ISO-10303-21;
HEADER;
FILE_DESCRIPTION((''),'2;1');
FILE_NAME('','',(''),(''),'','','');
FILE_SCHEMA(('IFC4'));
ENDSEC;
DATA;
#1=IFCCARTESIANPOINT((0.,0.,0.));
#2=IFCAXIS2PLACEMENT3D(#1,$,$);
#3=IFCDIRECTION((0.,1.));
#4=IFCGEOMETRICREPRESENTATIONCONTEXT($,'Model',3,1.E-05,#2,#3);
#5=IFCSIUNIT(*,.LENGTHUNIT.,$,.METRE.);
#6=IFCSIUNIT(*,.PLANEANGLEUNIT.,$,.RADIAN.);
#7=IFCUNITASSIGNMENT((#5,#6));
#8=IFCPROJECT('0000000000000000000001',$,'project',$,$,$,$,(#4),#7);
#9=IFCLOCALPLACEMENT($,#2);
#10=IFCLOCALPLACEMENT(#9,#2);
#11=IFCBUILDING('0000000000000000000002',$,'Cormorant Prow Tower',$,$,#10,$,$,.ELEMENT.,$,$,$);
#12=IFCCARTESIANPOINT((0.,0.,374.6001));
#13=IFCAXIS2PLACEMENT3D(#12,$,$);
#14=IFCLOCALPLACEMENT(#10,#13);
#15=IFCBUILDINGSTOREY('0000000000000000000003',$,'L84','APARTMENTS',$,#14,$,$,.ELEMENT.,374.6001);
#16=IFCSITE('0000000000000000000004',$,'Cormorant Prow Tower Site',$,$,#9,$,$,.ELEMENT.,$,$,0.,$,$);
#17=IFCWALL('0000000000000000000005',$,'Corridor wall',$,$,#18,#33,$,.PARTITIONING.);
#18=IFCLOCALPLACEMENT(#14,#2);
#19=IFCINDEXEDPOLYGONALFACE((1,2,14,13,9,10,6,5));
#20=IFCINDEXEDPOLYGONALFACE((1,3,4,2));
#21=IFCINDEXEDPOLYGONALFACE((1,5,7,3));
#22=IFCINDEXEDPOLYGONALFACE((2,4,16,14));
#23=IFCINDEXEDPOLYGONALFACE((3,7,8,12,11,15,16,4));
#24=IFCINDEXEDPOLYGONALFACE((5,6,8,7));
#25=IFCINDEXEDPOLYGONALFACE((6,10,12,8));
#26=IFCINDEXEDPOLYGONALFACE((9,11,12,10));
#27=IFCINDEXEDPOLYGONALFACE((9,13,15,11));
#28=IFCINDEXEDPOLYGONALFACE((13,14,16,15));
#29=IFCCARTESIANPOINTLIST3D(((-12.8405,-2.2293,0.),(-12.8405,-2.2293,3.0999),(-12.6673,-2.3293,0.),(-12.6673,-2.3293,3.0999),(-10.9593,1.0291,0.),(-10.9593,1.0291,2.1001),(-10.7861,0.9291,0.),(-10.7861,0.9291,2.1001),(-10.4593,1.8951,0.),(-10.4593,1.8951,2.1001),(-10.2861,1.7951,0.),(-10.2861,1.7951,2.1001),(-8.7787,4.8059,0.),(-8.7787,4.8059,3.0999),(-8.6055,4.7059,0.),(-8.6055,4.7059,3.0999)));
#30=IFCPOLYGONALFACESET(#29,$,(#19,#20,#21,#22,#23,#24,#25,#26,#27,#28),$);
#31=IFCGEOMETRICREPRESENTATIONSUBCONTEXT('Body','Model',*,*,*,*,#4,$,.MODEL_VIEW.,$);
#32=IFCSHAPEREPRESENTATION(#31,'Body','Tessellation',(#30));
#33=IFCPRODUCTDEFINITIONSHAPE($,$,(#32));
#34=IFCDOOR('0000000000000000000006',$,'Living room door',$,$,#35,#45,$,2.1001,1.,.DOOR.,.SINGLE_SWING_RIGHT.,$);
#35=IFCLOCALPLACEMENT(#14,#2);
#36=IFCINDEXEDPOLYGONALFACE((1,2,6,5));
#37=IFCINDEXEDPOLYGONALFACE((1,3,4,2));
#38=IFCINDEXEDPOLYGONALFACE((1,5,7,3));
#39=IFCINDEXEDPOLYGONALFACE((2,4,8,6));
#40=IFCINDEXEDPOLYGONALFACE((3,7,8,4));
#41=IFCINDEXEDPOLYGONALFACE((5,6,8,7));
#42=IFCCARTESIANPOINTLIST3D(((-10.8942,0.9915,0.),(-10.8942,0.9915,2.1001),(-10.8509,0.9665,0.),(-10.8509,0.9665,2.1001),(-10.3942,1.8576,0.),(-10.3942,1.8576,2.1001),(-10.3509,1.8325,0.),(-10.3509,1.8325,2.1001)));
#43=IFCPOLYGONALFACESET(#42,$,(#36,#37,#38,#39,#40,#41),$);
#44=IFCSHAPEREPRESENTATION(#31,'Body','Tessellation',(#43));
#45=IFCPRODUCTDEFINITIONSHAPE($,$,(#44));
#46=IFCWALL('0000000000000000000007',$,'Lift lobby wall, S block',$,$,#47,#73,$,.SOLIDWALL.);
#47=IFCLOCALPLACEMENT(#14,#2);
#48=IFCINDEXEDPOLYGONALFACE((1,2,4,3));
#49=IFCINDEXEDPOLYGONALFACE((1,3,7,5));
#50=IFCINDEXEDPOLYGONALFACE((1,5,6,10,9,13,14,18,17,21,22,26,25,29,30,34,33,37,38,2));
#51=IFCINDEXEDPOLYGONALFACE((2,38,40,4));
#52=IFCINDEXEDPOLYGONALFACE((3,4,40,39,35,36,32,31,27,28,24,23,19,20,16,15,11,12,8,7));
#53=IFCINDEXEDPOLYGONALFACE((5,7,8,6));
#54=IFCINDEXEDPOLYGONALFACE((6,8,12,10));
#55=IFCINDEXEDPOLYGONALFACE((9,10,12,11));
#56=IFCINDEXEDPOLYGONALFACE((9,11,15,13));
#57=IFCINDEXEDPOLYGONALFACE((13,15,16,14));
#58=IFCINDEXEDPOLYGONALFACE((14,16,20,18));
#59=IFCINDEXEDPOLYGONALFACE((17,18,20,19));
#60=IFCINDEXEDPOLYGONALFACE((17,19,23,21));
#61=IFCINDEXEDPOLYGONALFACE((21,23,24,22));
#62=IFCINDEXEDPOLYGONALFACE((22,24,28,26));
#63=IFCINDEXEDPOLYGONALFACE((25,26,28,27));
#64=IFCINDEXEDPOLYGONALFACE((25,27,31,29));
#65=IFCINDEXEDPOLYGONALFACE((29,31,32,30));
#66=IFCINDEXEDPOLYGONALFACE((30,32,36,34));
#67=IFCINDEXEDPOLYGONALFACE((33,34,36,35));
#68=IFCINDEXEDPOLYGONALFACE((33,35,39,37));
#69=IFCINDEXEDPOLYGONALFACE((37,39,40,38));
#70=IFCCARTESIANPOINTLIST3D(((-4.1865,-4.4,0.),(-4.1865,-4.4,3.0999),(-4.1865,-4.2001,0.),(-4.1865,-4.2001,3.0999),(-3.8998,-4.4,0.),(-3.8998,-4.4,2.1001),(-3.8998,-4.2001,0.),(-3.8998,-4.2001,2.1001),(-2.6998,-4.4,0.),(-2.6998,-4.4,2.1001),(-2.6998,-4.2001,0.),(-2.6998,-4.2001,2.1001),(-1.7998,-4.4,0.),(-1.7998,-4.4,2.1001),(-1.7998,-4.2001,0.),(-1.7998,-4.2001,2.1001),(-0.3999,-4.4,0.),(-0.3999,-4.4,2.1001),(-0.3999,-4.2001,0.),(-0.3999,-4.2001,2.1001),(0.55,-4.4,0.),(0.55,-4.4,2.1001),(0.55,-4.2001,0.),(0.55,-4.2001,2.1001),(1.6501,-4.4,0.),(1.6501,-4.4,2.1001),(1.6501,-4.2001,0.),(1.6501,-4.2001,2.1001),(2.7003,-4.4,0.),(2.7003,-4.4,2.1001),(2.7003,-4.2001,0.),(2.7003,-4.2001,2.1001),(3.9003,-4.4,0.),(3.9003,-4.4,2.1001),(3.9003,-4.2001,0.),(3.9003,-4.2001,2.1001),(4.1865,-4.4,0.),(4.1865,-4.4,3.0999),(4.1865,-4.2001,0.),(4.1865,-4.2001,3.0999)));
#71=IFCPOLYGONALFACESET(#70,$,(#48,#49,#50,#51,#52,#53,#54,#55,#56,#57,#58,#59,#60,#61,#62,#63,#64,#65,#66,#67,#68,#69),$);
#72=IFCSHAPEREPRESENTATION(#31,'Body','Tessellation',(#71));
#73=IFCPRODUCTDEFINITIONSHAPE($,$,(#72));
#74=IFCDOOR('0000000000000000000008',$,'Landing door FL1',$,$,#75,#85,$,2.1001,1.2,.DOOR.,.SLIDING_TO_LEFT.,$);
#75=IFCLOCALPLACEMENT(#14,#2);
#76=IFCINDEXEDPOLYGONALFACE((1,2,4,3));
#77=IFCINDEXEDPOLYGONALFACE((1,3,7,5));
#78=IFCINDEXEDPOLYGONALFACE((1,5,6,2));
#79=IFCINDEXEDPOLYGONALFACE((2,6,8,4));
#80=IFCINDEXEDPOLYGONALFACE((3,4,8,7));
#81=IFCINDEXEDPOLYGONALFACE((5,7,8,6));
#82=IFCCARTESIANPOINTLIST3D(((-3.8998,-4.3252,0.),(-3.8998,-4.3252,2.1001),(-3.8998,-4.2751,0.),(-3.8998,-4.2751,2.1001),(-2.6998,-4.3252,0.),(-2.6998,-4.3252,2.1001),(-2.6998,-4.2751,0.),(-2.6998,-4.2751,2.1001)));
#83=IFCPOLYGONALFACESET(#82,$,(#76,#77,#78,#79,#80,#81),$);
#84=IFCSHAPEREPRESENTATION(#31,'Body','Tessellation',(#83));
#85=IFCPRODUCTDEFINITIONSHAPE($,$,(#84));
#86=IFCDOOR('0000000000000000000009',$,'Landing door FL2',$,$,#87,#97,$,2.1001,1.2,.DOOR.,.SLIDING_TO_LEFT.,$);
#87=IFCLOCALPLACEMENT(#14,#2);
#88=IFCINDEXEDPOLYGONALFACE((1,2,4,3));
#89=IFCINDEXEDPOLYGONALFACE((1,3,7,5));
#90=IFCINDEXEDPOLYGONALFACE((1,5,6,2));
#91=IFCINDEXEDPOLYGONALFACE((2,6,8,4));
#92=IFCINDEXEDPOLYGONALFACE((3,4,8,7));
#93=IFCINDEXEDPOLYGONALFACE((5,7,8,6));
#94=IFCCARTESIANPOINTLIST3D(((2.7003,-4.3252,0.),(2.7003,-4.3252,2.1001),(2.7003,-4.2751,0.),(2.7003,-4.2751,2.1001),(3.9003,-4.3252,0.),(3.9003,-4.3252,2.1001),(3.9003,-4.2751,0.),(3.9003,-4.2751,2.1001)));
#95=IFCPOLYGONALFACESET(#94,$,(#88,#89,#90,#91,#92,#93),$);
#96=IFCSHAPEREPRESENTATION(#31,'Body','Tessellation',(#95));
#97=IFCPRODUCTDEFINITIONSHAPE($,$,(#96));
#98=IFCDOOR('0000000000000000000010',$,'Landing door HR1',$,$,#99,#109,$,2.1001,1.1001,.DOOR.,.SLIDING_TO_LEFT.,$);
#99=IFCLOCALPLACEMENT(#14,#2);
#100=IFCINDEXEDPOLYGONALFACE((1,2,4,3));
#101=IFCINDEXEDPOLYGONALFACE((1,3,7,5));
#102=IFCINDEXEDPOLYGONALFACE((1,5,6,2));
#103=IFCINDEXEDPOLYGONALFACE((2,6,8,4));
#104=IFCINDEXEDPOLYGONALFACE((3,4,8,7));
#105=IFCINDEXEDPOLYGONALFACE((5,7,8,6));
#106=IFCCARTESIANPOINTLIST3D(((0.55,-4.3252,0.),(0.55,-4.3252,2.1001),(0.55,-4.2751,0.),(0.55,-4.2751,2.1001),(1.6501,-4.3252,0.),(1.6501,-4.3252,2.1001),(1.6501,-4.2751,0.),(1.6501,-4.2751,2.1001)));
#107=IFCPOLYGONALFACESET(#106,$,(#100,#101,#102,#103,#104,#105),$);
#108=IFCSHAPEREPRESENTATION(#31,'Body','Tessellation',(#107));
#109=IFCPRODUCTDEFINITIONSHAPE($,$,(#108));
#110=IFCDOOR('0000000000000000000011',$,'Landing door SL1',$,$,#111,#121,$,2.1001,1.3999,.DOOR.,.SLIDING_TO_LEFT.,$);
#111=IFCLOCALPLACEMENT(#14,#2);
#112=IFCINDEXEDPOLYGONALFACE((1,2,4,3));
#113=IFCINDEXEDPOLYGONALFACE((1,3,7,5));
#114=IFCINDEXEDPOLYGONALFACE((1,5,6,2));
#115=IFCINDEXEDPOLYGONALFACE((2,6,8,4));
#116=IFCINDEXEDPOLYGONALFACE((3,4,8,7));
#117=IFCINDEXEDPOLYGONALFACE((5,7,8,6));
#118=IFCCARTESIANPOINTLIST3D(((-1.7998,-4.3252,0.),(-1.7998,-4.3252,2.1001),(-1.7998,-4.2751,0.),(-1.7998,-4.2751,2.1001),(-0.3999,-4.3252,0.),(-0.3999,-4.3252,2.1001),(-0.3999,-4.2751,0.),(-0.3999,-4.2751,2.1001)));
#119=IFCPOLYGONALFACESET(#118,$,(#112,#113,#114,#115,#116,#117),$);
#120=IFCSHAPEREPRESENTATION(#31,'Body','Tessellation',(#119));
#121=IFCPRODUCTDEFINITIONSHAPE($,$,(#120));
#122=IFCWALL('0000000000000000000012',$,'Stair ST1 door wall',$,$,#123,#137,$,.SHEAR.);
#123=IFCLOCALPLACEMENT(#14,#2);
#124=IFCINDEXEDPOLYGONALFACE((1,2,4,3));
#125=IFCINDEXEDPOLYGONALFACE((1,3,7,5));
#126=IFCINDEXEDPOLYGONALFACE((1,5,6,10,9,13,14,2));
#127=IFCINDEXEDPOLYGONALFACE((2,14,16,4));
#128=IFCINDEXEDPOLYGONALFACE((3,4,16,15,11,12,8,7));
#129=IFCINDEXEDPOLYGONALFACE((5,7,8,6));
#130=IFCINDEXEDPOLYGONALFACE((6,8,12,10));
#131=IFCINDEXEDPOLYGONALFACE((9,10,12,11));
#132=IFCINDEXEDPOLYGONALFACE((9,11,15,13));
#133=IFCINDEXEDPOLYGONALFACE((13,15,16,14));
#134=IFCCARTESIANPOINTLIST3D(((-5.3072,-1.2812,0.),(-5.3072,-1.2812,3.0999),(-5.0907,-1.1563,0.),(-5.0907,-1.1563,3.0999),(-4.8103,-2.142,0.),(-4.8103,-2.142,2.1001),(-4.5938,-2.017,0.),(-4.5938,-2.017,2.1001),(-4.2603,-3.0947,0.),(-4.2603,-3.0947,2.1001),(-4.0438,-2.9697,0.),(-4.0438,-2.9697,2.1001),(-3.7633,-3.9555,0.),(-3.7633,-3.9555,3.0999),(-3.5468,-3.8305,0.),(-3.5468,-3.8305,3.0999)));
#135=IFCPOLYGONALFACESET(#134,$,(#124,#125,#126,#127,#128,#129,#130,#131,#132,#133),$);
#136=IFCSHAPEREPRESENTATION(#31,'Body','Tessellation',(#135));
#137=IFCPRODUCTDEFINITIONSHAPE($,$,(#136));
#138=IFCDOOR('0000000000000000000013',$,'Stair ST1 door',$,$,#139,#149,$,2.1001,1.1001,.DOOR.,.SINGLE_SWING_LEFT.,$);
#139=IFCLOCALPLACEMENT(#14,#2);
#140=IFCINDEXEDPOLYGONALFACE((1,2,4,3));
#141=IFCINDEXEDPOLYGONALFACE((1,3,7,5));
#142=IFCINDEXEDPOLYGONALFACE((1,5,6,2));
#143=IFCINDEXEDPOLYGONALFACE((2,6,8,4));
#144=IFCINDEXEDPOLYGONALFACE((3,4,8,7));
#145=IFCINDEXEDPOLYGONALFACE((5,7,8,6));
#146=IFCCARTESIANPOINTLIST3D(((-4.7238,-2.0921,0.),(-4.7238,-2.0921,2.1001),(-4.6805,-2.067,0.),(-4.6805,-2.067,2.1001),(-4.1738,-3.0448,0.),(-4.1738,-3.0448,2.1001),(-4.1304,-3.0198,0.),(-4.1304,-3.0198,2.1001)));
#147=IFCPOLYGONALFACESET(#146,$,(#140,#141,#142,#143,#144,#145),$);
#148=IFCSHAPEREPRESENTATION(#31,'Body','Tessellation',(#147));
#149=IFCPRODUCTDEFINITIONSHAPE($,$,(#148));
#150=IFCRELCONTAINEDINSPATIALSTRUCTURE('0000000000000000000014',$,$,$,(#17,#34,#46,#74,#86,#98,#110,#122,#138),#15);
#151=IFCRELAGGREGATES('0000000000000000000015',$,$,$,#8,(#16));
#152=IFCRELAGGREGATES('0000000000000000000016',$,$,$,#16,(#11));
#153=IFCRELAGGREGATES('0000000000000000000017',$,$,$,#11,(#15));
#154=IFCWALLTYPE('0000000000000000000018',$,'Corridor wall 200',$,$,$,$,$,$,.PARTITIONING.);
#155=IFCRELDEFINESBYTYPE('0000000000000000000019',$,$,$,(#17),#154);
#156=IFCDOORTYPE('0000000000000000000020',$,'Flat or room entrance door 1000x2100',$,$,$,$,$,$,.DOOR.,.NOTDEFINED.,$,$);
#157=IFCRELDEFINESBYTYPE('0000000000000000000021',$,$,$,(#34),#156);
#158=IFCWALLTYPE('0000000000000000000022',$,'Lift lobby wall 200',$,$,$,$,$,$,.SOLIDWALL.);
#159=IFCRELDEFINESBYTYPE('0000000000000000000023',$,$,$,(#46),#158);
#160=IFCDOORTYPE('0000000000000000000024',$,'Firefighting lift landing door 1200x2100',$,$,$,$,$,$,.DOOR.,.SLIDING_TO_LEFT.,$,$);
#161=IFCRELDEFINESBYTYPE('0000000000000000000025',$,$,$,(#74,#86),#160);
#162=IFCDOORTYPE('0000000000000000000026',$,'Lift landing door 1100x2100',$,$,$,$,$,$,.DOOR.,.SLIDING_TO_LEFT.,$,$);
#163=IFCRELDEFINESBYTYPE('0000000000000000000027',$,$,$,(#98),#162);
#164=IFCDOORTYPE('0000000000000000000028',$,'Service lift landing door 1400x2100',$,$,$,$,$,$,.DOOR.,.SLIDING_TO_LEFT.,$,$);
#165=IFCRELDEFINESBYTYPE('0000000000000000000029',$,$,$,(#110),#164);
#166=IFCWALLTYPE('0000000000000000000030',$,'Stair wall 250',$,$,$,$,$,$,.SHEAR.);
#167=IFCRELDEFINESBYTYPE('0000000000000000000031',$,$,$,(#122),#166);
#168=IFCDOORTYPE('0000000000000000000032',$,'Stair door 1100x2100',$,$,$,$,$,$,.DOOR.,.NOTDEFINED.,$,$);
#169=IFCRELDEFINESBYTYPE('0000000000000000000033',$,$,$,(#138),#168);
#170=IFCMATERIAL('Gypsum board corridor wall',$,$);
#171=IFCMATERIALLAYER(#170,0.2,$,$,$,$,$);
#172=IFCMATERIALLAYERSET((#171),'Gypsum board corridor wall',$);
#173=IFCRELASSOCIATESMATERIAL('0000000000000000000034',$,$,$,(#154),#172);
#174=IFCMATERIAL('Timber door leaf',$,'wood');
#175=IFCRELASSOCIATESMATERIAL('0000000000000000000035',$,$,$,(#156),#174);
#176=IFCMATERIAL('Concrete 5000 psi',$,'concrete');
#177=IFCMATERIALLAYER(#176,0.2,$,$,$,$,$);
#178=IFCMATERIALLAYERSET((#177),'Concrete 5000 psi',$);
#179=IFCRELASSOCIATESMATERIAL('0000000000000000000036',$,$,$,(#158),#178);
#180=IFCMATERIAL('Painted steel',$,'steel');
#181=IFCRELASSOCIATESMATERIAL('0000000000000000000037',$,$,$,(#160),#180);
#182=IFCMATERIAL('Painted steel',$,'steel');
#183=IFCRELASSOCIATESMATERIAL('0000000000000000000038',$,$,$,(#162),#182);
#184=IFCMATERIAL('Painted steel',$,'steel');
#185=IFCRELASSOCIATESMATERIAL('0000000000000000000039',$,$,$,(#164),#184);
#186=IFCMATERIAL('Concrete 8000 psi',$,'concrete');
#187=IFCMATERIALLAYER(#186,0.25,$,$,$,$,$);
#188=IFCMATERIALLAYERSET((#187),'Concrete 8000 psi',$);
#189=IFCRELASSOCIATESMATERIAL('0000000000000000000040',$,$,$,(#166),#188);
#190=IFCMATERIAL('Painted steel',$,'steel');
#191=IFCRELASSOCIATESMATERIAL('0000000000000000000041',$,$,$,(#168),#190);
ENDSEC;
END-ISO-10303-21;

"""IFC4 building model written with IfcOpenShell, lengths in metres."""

from ifc_helpers import new_model, si_unit, direction, frame, frame_2d, origin, place, context, subcontext, project, spatial, rectangle, extrude, material, layer, layer_set, type_object, element, fill, save


model = new_model("IFC4")

# Units and contexts
model_context = context("Model", 3, precision=1e-05, world=origin(), true_north=direction((0.0, 1.0)))
body_context = subcontext(model_context, "Body", "Model", "MODEL_VIEW")
ifc_project = project(units=[si_unit("LENGTHUNIT", "METRE"), si_unit("PLANEANGLEUNIT", "RADIAN")], contexts=[model_context])

# Site, building, storey
site_placement = place(None, origin())
site = spatial("IfcSite", under=ifc_project, at=site_placement, Name="Cormorant Prow Tower Site", CompositionType="ELEMENT", RefElevation=0.0)
building_placement = place(site_placement, origin())
building = spatial("IfcBuilding", under=site, at=building_placement, Name="Cormorant Prow Tower", CompositionType="ELEMENT")
storey_placement = place(building_placement, frame((0.0, 0.0, 374.6001)))
storey = spatial("IfcBuildingStorey", under=building, at=storey_placement, Name="L84", Description="APARTMENTS", CompositionType="ELEMENT", Elevation=374.6001)

# Wall, opening, door
ifc_material_1 = material(Name="Gypsum board corridor wall")
ifc_layer_1 = layer(ifc_material_1, 0.2)
ifc_layer_set_1 = layer_set([ifc_layer_1], Name="Gypsum board corridor wall")
wall_type_1 = type_object("IfcWallType", Name="Corridor wall 200", PredefinedType="PARTITIONING", material=ifc_layer_set_1)
wall_1_placement = place(storey_placement, frame((-12.7539, -2.2793, 0.0), z_axis=(0.0, 0.0, 1.0), x_axis=(0.500002, 0.866024, 0.0)))
wall_1 = element("IfcWall", 1, at=wall_1_placement, inside=storey, type_object=wall_type_1, Name="Corridor wall", PredefinedType="PARTITIONING", context=body_context, shape_type="SweptSolid", body=[
    extrude(rectangle(XDim=8.1235, YDim=0.2, at=frame_2d((4.0618, 0.0))), origin(), (0.0, 0.0, 1.0), 3.0999),
])
opening_1_placement = place(wall_1_placement, frame((3.7625, 0.0, 0.0)))
opening_1 = element("IfcOpeningElement", 2, at=opening_1_placement, cuts=wall_1, PredefinedType="OPENING", context=body_context, shape_type="SweptSolid", body=[
    extrude(rectangle(XDim=1.0, YDim=2.1001, at=frame_2d((0.5, 1.05))), frame((0.0, 0.1099, 0.0), z_axis=(0.0, -1.0, 0.0), x_axis=(1.0, 0.0, 0.0)), (0.0, 0.0, 1.0), 0.22),
])
ifc_material_2 = material(Name="Timber door leaf", Category="wood")
door_type_1 = type_object("IfcDoorType", Name="Flat or room entrance door 1000x2100", OperationType="NOTDEFINED", PredefinedType="DOOR", material=ifc_material_2)
door_1_placement = place(opening_1_placement, origin())
door_1 = element("IfcDoor", 3, at=door_1_placement, inside=storey, type_object=door_type_1, Name="Living room door", OperationType="SINGLE_SWING_RIGHT", OverallHeight=2.1001, OverallWidth=1.0, PredefinedType="DOOR", context=body_context, shape_type="SweptSolid", body=[
    extrude(rectangle(XDim=1.0, YDim=2.1001, at=frame_2d((0.5, 1.05))), frame((0.0, 0.0249, 0.0), z_axis=(0.0, -1.0, 0.0), x_axis=(1.0, 0.0, 0.0)), (0.0, 0.0, 1.0), 0.05),
])
fill(opening_1, door_1)

# Wall, openings, doors
ifc_material_3 = material(Name="Concrete 5000 psi", Category="concrete")
ifc_layer_2 = layer(ifc_material_3, 0.2)
ifc_layer_set_2 = layer_set([ifc_layer_2], Name="Concrete 5000 psi")
wall_type_2 = type_object("IfcWallType", Name="Lift lobby wall 200", PredefinedType="SOLIDWALL", material=ifc_layer_set_2)
wall_2_placement = place(storey_placement, frame((-4.1865, -4.3, 0.0), z_axis=(0.0, 0.0, 1.0), x_axis=(1.0, 0.0, 0.0)))
wall_2 = element("IfcWall", 4, at=wall_2_placement, inside=storey, type_object=wall_type_2, Name="Lift lobby wall, S block", PredefinedType="SOLIDWALL", context=body_context, shape_type="SweptSolid", body=[
    extrude(rectangle(XDim=8.373, YDim=0.2, at=frame_2d((4.1865, 0.0))), origin(), (0.0, 0.0, 1.0), 3.0999),
])
opening_2_placement = place(wall_2_placement, frame((0.2866, 0.0, 0.0)))
opening_2 = element("IfcOpeningElement", 5, at=opening_2_placement, cuts=wall_2, PredefinedType="OPENING", context=body_context, shape_type="SweptSolid", body=[
    extrude(rectangle(XDim=1.2, YDim=2.1001, at=frame_2d((0.6001, 1.05))), frame((0.0, 0.1099, 0.0), z_axis=(0.0, -1.0, 0.0), x_axis=(1.0, 0.0, 0.0)), (0.0, 0.0, 1.0), 0.22),
])
opening_3_placement = place(wall_2_placement, frame((2.3867, 0.0, 0.0)))
opening_3 = element("IfcOpeningElement", 6, at=opening_3_placement, cuts=wall_2, PredefinedType="OPENING", context=body_context, shape_type="SweptSolid", body=[
    extrude(rectangle(XDim=1.3999, YDim=2.1001, at=frame_2d((0.7, 1.05))), frame((0.0, 0.1099, 0.0), z_axis=(0.0, -1.0, 0.0), x_axis=(1.0, 0.0, 0.0)), (0.0, 0.0, 1.0), 0.22),
])
opening_4_placement = place(wall_2_placement, frame((4.7366, 0.0, 0.0)))
opening_4 = element("IfcOpeningElement", 7, at=opening_4_placement, cuts=wall_2, PredefinedType="OPENING", context=body_context, shape_type="SweptSolid", body=[
    extrude(rectangle(XDim=1.1001, YDim=2.1001, at=frame_2d((0.55, 1.05))), frame((0.0, 0.1099, 0.0), z_axis=(0.0, -1.0, 0.0), x_axis=(1.0, 0.0, 0.0)), (0.0, 0.0, 1.0), 0.22),
])
opening_5_placement = place(wall_2_placement, frame((6.8867, 0.0, 0.0)))
opening_5 = element("IfcOpeningElement", 8, at=opening_5_placement, cuts=wall_2, PredefinedType="OPENING", context=body_context, shape_type="SweptSolid", body=[
    extrude(rectangle(XDim=1.2, YDim=2.1001, at=frame_2d((0.6001, 1.05))), frame((0.0, 0.1099, 0.0), z_axis=(0.0, -1.0, 0.0), x_axis=(1.0, 0.0, 0.0)), (0.0, 0.0, 1.0), 0.22),
])
ifc_material_4 = material(Name="Painted steel", Category="steel")
door_type_2 = type_object("IfcDoorType", Name="Firefighting lift landing door 1200x2100", OperationType="SLIDING_TO_LEFT", PredefinedType="DOOR", material=ifc_material_4)
door_2_placement = place(opening_2_placement, origin())
door_2 = element("IfcDoor", 9, at=door_2_placement, inside=storey, type_object=door_type_2, Name="Landing door FL1", OperationType="SLIDING_TO_LEFT", OverallHeight=2.1001, OverallWidth=1.2, PredefinedType="DOOR", context=body_context, shape_type="SweptSolid", body=[
    extrude(rectangle(XDim=1.2, YDim=2.1001, at=frame_2d((0.6001, 1.05))), frame((0.0, 0.0249, 0.0), z_axis=(0.0, -1.0, 0.0), x_axis=(1.0, 0.0, 0.0)), (0.0, 0.0, 1.0), 0.05),
])
fill(opening_2, door_2)
door_3_placement = place(opening_5_placement, origin())
door_3 = element("IfcDoor", 10, at=door_3_placement, inside=storey, type_object=door_type_2, Name="Landing door FL2", OperationType="SLIDING_TO_LEFT", OverallHeight=2.1001, OverallWidth=1.2, PredefinedType="DOOR", context=body_context, shape_type="SweptSolid", body=[
    extrude(rectangle(XDim=1.2, YDim=2.1001, at=frame_2d((0.6001, 1.05))), frame((0.0, 0.0249, 0.0), z_axis=(0.0, -1.0, 0.0), x_axis=(1.0, 0.0, 0.0)), (0.0, 0.0, 1.0), 0.05),
])
fill(opening_5, door_3)
ifc_material_5 = material(Name="Painted steel", Category="steel")
door_type_3 = type_object("IfcDoorType", Name="Lift landing door 1100x2100", OperationType="SLIDING_TO_LEFT", PredefinedType="DOOR", material=ifc_material_5)
door_4_placement = place(opening_4_placement, origin())
door_4 = element("IfcDoor", 11, at=door_4_placement, inside=storey, type_object=door_type_3, Name="Landing door HR1", OperationType="SLIDING_TO_LEFT", OverallHeight=2.1001, OverallWidth=1.1001, PredefinedType="DOOR", context=body_context, shape_type="SweptSolid", body=[
    extrude(rectangle(XDim=1.1001, YDim=2.1001, at=frame_2d((0.55, 1.05))), frame((0.0, 0.0249, 0.0), z_axis=(0.0, -1.0, 0.0), x_axis=(1.0, 0.0, 0.0)), (0.0, 0.0, 1.0), 0.05),
])
fill(opening_4, door_4)
ifc_material_6 = material(Name="Painted steel", Category="steel")
door_type_4 = type_object("IfcDoorType", Name="Service lift landing door 1400x2100", OperationType="SLIDING_TO_LEFT", PredefinedType="DOOR", material=ifc_material_6)
door_5_placement = place(opening_3_placement, origin())
door_5 = element("IfcDoor", 12, at=door_5_placement, inside=storey, type_object=door_type_4, Name="Landing door SL1", OperationType="SLIDING_TO_LEFT", OverallHeight=2.1001, OverallWidth=1.3999, PredefinedType="DOOR", context=body_context, shape_type="SweptSolid", body=[
    extrude(rectangle(XDim=1.3999, YDim=2.1001, at=frame_2d((0.7, 1.05))), frame((0.0, 0.0249, 0.0), z_axis=(0.0, -1.0, 0.0), x_axis=(1.0, 0.0, 0.0)), (0.0, 0.0, 1.0), 0.05),
])
fill(opening_3, door_5)

# Wall, opening, door
ifc_material_7 = material(Name="Concrete 8000 psi", Category="concrete")
ifc_layer_3 = layer(ifc_material_7, 0.25)
ifc_layer_set_3 = layer_set([ifc_layer_3], Name="Concrete 8000 psi")
wall_type_3 = type_object("IfcWallType", Name="Stair wall 250", PredefinedType="SHEAR", material=ifc_layer_set_3)
wall_3_placement = place(storey_placement, frame((-5.199, -1.2188, 0.0), z_axis=(0.0, 0.0, 1.0), x_axis=(0.499983, -0.866035, 0.0)))
wall_3 = element("IfcWall", 13, at=wall_3_placement, inside=storey, type_object=wall_type_3, Name="Stair ST1 door wall", PredefinedType="SHEAR", context=body_context, shape_type="SweptSolid", body=[
    extrude(rectangle(XDim=3.0879, YDim=0.25, at=frame_2d((1.5439, 0.0))), origin(), (0.0, 0.0, 1.0), 3.0999),
])
opening_6_placement = place(wall_3_placement, frame((0.9939, 0.0, 0.0)))
opening_6 = element("IfcOpeningElement", 14, at=opening_6_placement, cuts=wall_3, PredefinedType="OPENING", context=body_context, shape_type="SweptSolid", body=[
    extrude(rectangle(XDim=1.1001, YDim=2.1001, at=frame_2d((0.55, 1.05))), frame((0.0, 0.135, 0.0), z_axis=(0.0, -1.0, 0.0), x_axis=(1.0, 0.0, 0.0)), (0.0, 0.0, 1.0), 0.27),
])
ifc_material_8 = material(Name="Painted steel", Category="steel")
door_type_5 = type_object("IfcDoorType", Name="Stair door 1100x2100", OperationType="NOTDEFINED", PredefinedType="DOOR", material=ifc_material_8)
door_6_placement = place(opening_6_placement, origin())
door_6 = element("IfcDoor", 15, at=door_6_placement, inside=storey, type_object=door_type_5, Name="Stair ST1 door", OperationType="SINGLE_SWING_LEFT", OverallHeight=2.1001, OverallWidth=1.1001, PredefinedType="DOOR", context=body_context, shape_type="SweptSolid", body=[
    extrude(rectangle(XDim=1.1001, YDim=2.1001, at=frame_2d((0.55, 1.05))), frame((0.0, 0.0249, 0.0), z_axis=(0.0, -1.0, 0.0), x_axis=(1.0, 0.0, 0.0)), (0.0, 0.0, 1.0), 0.05),
])
fill(opening_6, door_6)

save(model, "model.ifc")
